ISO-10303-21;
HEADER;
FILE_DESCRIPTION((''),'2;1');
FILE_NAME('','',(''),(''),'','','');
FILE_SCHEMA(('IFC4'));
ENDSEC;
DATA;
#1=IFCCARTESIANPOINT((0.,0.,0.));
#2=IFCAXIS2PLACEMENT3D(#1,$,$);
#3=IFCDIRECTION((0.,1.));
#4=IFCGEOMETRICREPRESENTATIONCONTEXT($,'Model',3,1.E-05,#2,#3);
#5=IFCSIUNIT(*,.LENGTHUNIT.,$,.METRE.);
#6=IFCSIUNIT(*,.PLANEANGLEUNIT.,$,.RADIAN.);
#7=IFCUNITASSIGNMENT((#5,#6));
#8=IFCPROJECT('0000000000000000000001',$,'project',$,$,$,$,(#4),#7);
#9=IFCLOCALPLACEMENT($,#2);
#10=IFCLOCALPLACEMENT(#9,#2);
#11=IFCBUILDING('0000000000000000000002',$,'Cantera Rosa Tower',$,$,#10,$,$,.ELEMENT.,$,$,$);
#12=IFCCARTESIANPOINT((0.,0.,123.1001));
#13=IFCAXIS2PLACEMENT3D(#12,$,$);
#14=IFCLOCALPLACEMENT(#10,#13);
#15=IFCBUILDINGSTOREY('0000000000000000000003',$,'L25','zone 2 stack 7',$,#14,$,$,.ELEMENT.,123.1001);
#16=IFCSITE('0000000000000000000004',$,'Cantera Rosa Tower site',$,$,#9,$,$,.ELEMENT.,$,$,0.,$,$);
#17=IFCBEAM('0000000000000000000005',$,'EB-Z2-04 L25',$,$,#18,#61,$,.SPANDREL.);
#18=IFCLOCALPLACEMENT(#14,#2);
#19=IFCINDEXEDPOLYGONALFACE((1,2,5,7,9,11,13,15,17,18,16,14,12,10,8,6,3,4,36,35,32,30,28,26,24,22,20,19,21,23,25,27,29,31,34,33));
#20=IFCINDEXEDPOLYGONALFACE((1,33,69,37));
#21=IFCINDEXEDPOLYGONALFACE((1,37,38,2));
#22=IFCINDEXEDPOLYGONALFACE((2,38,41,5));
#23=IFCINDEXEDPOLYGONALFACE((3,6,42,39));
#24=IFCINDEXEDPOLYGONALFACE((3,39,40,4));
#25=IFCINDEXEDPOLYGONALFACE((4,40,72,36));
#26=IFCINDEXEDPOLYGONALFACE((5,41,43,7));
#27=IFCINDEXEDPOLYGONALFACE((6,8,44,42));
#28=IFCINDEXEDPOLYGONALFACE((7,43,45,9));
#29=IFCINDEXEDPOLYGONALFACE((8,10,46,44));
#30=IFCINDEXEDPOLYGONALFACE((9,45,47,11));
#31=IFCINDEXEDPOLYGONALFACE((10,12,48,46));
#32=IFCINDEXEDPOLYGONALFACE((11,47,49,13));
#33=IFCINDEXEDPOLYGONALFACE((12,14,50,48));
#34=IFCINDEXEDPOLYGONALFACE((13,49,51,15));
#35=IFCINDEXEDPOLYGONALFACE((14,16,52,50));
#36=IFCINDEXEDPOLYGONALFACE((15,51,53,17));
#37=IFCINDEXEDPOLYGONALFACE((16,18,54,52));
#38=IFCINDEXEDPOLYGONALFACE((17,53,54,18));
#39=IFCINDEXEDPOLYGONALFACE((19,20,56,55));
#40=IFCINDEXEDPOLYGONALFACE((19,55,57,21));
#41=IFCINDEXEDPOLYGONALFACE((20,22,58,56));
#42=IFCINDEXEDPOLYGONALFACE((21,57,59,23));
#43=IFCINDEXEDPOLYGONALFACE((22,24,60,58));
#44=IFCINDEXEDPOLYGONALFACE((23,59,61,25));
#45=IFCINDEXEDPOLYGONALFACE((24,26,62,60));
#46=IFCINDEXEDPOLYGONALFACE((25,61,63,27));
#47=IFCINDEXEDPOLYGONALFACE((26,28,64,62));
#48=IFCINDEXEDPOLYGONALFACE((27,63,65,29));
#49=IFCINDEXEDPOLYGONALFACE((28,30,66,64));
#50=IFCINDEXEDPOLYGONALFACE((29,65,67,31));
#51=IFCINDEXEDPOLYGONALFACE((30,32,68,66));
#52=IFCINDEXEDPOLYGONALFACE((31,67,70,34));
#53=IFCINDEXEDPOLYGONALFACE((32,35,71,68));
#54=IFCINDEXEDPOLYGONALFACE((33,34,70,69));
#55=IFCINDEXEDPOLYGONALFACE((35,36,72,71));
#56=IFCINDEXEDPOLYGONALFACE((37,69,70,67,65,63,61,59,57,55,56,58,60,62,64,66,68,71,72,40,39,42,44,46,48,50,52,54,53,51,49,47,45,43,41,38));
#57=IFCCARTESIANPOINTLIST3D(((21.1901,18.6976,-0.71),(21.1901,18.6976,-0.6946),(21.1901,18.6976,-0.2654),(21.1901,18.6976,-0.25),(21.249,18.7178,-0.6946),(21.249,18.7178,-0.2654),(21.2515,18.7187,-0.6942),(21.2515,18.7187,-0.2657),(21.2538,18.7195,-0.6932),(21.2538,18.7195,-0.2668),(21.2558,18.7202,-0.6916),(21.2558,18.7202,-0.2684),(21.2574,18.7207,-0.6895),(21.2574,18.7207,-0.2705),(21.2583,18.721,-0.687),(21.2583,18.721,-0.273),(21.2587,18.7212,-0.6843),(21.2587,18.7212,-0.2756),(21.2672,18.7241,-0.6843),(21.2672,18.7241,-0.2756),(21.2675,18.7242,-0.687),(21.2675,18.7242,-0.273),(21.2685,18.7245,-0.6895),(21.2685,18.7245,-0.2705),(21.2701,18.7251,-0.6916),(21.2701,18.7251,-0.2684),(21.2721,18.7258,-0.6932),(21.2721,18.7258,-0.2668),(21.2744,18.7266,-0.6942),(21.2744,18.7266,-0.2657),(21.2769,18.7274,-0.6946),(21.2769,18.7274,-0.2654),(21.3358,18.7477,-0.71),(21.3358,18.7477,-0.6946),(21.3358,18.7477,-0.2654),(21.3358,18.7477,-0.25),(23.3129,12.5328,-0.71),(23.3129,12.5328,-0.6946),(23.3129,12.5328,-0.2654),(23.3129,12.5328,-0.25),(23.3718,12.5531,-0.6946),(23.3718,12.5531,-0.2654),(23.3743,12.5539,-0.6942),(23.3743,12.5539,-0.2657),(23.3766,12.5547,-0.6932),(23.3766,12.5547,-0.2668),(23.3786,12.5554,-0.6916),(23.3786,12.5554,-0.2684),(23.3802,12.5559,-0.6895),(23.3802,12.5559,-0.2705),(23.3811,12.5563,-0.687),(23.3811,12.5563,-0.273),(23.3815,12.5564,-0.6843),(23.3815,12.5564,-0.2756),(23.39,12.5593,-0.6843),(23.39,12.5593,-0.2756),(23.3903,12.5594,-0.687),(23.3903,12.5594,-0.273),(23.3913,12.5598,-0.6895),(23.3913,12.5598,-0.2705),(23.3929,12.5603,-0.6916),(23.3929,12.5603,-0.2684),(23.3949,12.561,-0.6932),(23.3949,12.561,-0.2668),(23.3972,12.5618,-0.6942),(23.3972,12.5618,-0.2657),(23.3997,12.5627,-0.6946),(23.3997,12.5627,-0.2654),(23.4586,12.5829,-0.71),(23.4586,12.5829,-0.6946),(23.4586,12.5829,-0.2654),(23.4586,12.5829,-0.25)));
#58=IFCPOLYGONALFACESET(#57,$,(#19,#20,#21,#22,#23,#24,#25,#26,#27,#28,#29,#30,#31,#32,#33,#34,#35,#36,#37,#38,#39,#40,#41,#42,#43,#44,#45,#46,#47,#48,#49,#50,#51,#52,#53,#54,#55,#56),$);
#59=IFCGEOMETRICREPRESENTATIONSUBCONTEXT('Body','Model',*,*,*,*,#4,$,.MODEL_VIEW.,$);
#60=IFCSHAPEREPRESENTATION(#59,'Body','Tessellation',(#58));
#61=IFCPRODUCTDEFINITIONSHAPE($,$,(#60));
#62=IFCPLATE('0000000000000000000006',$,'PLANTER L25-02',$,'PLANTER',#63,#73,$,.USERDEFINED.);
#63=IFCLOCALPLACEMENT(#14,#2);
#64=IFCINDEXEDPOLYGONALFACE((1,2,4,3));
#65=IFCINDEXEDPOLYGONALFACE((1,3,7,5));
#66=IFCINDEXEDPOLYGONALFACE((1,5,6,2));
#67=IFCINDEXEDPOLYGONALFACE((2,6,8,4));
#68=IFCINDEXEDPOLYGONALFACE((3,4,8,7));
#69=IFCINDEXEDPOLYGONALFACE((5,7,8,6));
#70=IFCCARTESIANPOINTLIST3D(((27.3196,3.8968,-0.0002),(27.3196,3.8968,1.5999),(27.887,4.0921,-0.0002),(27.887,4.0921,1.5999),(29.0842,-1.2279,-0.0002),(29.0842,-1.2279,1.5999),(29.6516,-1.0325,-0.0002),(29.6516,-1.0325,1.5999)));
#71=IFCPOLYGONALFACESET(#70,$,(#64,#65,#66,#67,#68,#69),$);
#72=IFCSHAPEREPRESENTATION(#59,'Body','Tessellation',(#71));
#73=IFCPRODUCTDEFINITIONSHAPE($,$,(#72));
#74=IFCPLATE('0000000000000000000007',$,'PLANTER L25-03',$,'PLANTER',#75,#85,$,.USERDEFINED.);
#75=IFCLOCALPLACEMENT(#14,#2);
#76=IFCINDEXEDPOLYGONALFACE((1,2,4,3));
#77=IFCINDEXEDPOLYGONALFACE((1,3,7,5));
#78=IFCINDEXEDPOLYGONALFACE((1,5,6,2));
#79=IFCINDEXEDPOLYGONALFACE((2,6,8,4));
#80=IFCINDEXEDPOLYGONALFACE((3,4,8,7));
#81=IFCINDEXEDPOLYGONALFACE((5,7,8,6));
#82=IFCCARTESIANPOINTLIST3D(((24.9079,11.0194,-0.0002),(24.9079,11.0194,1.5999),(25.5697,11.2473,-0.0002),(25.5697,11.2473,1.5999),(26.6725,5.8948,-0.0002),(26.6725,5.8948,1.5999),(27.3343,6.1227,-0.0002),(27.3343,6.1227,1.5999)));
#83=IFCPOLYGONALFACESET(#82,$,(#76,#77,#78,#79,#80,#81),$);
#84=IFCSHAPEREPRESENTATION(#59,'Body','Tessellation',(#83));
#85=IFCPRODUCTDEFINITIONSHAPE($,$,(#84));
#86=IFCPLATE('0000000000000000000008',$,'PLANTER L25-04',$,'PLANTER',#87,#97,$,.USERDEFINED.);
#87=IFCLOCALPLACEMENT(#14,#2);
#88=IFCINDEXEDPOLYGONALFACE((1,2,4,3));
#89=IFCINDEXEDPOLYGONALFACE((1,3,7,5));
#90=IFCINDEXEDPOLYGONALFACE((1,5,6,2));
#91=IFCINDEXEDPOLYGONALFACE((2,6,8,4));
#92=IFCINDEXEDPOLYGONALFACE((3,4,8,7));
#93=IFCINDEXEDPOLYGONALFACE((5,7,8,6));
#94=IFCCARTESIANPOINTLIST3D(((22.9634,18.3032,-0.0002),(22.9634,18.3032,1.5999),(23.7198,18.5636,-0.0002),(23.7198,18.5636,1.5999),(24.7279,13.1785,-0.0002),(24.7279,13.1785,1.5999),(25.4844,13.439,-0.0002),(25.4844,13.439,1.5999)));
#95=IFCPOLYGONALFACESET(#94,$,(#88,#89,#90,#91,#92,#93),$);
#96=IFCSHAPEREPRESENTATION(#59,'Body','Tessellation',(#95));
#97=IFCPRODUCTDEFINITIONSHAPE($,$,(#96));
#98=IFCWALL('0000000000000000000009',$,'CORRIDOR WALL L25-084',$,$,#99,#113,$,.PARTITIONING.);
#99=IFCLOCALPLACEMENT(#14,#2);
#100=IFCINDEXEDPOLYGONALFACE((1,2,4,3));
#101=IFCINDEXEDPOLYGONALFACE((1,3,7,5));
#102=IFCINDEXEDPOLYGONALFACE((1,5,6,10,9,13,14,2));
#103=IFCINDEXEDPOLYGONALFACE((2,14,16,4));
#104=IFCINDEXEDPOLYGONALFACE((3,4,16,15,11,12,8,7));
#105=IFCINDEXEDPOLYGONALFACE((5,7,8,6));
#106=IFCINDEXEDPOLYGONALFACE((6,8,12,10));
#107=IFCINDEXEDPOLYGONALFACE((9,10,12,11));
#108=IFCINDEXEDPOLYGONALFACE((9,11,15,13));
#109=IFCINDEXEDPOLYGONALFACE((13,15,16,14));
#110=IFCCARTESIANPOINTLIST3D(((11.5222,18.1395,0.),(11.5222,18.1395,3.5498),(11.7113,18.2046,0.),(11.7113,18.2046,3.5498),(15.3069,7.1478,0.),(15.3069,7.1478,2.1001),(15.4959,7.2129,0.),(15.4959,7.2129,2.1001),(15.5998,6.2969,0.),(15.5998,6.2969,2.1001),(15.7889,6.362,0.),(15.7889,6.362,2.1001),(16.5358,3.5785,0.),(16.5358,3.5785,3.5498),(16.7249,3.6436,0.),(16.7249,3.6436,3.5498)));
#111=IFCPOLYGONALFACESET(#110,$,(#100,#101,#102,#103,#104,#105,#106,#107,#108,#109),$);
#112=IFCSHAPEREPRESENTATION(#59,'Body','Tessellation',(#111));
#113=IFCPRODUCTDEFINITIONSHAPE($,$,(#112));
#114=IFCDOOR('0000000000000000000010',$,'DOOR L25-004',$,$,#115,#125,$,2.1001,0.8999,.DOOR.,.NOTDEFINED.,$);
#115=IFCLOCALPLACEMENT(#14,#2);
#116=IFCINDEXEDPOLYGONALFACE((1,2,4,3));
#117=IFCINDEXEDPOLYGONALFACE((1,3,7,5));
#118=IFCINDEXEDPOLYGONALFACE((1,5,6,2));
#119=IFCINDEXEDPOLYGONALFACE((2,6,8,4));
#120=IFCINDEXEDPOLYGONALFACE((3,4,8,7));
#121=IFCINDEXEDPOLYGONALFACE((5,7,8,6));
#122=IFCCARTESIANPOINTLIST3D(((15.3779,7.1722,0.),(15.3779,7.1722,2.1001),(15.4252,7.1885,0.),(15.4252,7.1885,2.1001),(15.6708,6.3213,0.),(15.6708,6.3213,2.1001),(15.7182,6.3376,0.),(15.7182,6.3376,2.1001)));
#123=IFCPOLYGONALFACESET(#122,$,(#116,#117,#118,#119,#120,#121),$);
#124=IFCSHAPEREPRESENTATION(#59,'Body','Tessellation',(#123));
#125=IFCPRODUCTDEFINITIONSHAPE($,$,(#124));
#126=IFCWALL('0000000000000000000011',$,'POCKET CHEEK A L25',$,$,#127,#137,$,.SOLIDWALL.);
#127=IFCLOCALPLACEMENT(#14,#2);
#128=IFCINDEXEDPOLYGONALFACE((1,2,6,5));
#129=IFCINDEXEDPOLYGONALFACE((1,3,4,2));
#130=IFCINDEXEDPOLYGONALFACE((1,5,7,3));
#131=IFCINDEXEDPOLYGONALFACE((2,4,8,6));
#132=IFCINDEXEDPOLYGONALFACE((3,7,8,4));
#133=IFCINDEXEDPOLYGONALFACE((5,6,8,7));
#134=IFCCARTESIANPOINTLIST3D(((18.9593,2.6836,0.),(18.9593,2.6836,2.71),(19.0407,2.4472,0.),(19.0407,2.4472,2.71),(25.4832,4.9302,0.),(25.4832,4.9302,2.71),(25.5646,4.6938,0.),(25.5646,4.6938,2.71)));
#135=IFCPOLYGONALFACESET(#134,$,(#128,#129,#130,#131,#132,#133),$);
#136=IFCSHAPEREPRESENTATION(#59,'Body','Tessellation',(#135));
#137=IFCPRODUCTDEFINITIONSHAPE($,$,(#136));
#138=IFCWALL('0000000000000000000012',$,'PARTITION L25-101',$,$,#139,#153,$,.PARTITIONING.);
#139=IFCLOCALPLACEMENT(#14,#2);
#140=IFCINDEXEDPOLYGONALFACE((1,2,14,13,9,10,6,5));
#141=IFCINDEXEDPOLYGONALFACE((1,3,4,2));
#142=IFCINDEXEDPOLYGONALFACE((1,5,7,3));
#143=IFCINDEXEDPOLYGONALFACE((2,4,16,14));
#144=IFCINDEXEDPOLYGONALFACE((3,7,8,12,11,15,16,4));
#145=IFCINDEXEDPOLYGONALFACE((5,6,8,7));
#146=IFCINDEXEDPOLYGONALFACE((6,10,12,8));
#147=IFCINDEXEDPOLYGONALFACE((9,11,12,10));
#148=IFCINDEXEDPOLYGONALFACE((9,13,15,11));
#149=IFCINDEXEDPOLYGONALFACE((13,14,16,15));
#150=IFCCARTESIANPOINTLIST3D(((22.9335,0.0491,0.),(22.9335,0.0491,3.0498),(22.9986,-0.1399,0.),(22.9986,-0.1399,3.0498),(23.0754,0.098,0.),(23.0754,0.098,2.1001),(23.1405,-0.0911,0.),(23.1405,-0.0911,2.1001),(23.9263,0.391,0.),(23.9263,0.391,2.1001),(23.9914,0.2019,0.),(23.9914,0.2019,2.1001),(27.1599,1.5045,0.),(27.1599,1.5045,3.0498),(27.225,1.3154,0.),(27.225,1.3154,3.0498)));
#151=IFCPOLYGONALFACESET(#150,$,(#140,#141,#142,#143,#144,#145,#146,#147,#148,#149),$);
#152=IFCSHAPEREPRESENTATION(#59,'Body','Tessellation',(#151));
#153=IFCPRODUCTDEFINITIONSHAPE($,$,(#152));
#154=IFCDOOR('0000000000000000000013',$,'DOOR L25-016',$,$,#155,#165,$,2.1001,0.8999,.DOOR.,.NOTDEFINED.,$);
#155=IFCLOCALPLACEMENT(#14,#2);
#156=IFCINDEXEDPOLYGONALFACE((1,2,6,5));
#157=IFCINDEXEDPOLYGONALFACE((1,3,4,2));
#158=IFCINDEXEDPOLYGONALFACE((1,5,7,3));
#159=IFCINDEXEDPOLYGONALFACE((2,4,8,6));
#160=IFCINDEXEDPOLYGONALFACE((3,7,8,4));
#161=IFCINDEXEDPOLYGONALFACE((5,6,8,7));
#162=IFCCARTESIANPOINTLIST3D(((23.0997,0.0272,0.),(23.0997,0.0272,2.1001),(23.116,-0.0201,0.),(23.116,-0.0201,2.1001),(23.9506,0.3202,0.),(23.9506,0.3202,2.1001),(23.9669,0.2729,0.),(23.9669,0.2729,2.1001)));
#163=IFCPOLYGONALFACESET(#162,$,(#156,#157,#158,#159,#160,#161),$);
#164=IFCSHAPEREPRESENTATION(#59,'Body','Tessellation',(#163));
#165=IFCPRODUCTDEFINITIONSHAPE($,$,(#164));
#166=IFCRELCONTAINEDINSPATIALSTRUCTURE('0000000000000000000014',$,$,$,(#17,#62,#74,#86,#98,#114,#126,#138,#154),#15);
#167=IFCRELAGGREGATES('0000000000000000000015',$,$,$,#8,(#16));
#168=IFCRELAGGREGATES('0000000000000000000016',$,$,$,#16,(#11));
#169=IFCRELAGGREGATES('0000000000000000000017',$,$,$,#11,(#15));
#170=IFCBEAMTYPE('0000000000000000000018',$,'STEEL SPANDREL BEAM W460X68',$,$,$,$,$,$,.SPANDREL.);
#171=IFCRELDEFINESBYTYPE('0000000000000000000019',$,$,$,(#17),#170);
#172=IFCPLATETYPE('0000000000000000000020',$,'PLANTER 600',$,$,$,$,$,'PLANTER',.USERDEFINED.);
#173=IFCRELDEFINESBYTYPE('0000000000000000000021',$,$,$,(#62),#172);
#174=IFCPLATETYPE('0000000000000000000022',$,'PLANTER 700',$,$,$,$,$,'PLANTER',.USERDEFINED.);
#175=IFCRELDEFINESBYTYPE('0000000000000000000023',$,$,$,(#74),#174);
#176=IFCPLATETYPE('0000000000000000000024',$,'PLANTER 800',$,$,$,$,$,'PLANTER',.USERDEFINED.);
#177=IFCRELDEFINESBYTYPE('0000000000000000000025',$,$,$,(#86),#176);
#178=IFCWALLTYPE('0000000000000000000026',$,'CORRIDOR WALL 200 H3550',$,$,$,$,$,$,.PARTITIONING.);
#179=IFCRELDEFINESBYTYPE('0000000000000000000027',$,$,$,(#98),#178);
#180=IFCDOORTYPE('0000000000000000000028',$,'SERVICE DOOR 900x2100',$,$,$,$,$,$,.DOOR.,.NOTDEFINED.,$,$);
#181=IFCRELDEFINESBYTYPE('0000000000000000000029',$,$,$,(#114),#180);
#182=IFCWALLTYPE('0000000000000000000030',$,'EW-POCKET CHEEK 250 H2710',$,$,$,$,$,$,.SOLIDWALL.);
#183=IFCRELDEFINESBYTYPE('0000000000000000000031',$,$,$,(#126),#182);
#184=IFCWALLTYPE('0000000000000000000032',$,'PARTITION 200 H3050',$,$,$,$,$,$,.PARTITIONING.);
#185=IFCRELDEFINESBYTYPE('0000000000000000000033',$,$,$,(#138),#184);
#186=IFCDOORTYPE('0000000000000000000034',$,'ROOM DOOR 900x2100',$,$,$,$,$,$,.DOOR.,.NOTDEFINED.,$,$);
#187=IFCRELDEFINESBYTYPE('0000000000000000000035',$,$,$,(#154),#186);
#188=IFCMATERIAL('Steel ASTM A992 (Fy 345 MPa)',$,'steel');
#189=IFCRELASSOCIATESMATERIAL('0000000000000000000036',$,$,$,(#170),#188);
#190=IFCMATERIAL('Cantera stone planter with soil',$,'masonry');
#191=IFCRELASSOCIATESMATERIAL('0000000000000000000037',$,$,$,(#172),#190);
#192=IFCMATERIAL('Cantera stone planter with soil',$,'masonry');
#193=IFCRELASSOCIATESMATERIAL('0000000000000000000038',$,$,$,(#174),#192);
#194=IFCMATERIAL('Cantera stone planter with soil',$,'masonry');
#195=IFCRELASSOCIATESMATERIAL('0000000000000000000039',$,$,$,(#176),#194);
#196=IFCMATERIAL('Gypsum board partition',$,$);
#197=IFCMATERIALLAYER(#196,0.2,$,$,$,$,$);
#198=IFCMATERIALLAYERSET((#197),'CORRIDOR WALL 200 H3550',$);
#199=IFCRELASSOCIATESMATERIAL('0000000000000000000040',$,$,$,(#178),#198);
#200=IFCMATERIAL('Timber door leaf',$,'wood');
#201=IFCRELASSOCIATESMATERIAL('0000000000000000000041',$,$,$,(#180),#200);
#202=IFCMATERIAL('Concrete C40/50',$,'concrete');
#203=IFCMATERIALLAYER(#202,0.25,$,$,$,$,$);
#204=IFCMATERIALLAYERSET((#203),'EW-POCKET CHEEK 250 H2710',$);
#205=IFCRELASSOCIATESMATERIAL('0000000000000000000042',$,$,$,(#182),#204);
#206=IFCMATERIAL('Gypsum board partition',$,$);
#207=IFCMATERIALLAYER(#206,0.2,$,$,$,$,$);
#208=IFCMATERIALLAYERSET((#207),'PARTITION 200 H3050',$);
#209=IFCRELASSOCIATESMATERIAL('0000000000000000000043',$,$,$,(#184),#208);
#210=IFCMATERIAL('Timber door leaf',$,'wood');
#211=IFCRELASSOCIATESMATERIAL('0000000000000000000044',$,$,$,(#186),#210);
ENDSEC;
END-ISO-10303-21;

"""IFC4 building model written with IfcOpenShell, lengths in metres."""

from ifc_helpers import new_model, si_unit, direction, frame, frame_2d, origin, origin_2d, place, context, subcontext, project, spatial, rectangle, i_section, extrude, material, layer, layer_set, material_profile, profile_set, type_object, element, fill, save


model = new_model("IFC4")

# Units and contexts
model_context = context("Model", 3, precision=1e-05, world=origin(), true_north=direction((0.0, 1.0)))
body_context = subcontext(model_context, "Body", "Model", "MODEL_VIEW")
ifc_project = project(units=[si_unit("LENGTHUNIT", "METRE"), si_unit("PLANEANGLEUNIT", "RADIAN")], contexts=[model_context])

# Site, building, storey
site_placement = place(None, origin())
site = spatial("IfcSite", under=ifc_project, at=site_placement, Name="Cantera Rosa Tower site", CompositionType="ELEMENT", RefElevation=0.0)
building_placement = place(site_placement, origin())
building = spatial("IfcBuilding", under=site, at=building_placement, Name="Cantera Rosa Tower", CompositionType="ELEMENT")
storey_placement = place(building_placement, frame((0.0, 0.0, 123.1001)))
storey = spatial("IfcBuildingStorey", under=building, at=storey_placement, Name="L25", Description="zone 2 stack 7", CompositionType="ELEMENT", Elevation=123.1001)

# Beam
ifc_material_1 = material(Name="Steel ASTM A992 (Fy 345 MPa)", Category="steel")
ifc_material_profile_1 = material_profile(ifc_material_1, i_section(OverallWidth=0.1541, OverallDepth=0.46, WebThickness=0.009, FlangeThickness=0.0154, FilletRadius=0.0103, at=origin_2d()), Name="W460X68")
ifc_profile_set_1 = profile_set([ifc_material_profile_1], Name="Steel ASTM A992 (Fy 345 MPa)")
beam_type_1 = type_object("IfcBeamType", Name="STEEL SPANDREL BEAM W460X68", PredefinedType="SPANDREL", material=ifc_profile_set_1)
for number, where, z_axis, x_axis, name in (
    (1, (23.3857, 12.5579, -0.48), (-0.325581, 0.945514, 0.0), (-0.945514, -0.325581, 0.0), "EB-Z2-04 L25"),
):
    element("IfcBeam", number, at=place(storey_placement, frame(where, z_axis=z_axis, x_axis=x_axis)), inside=storey, type_object=beam_type_1, Name=name, PredefinedType="SPANDREL", context=body_context, shape_type="SweptSolid", body=[
        extrude(i_section(OverallWidth=0.1541, OverallDepth=0.46, WebThickness=0.009, FlangeThickness=0.0154, FilletRadius=0.0103, at=origin_2d()), origin(), (0.0, 0.0, 1.0), 6.52),
    ])

# Plates
ifc_material_2 = material(Name="Cantera stone planter with soil", Category="masonry")
plate_type_1 = type_object("IfcPlateType", Name="PLANTER 600", ElementType="PLANTER", PredefinedType="USERDEFINED", material=ifc_material_2)
plate_1_placement = place(storey_placement, frame((28.4856, 1.4321, -0.0002), z_axis=(0.0, 0.0, 1.0), x_axis=(-0.325568, 0.945519, 0.0)))
element("IfcPlate", 2, at=plate_1_placement, inside=storey, type_object=plate_type_1, Name="PLANTER L25-02", ObjectType="PLANTER", PredefinedType="USERDEFINED", context=body_context, shape_type="SweptSolid", body=[
    extrude(rectangle(XDim=5.4199, YDim=0.6001, at=origin_2d()), origin(), (0.0, 0.0, 1.0), 1.6001),
])
ifc_material_3 = material(Name="Cantera stone planter with soil", Category="masonry")
plate_type_2 = type_object("IfcPlateType", Name="PLANTER 700", ElementType="PLANTER", PredefinedType="USERDEFINED", material=ifc_material_3)
plate_2_placement = place(storey_placement, frame((26.1211, 8.571, -0.0002), z_axis=(0.0, 0.0, 1.0), x_axis=(-0.325568, 0.945519, 0.0)))
element("IfcPlate", 3, at=plate_2_placement, inside=storey, type_object=plate_type_2, Name="PLANTER L25-03", ObjectType="PLANTER", PredefinedType="USERDEFINED", context=body_context, shape_type="SweptSolid", body=[
    extrude(rectangle(XDim=5.4199, YDim=0.7, at=origin_2d()), origin(), (0.0, 0.0, 1.0), 1.6001),
])
ifc_material_4 = material(Name="Cantera stone planter with soil", Category="masonry")
plate_type_3 = type_object("IfcPlateType", Name="PLANTER 800", ElementType="PLANTER", PredefinedType="USERDEFINED", material=ifc_material_4)
plate_3_placement = place(storey_placement, frame((24.2239, 15.8711, -0.0002), z_axis=(0.0, 0.0, 1.0), x_axis=(-0.325568, 0.945519, 0.0)))
element("IfcPlate", 4, at=plate_3_placement, inside=storey, type_object=plate_type_3, Name="PLANTER L25-04", ObjectType="PLANTER", PredefinedType="USERDEFINED", context=body_context, shape_type="SweptSolid", body=[
    extrude(rectangle(XDim=5.4199, YDim=0.8, at=origin_2d()), origin(), (0.0, 0.0, 1.0), 1.6001),
])

# Wall, opening, door
ifc_material_5 = material(Name="Gypsum board partition")
ifc_layer_1 = layer(ifc_material_5, 0.2)
ifc_layer_set_1 = layer_set([ifc_layer_1], Name="CORRIDOR WALL 200 H3550")
wall_type_1 = type_object("IfcWallType", Name="CORRIDOR WALL 200 H3550", PredefinedType="PARTITIONING", material=ifc_layer_set_1)
wall_1_placement = place(storey_placement, frame((16.6304, 3.6111, 0.0), z_axis=(0.0, 0.0, 1.0), x_axis=(-0.325563, 0.94552, 0.0)))
wall_1 = element("IfcWall", 5, at=wall_1_placement, inside=storey, type_object=wall_type_1, Name="CORRIDOR WALL L25-084", PredefinedType="PARTITIONING", context=body_context, shape_type="SweptSolid", body=[
    extrude(rectangle(XDim=15.3999, YDim=0.2, at=frame_2d((7.7, 0.0))), origin(), (0.0, 0.0, 1.0), 3.5498),
])
opening_1_placement = place(wall_1_placement, frame((2.875, 0.0, 0.0)))
opening_1 = element("IfcOpeningElement", 6, at=opening_1_placement, cuts=wall_1, PredefinedType="OPENING", context=body_context, shape_type="SweptSolid", body=[
    extrude(rectangle(XDim=0.8999, YDim=2.1001, at=frame_2d((0.45, 1.05))), frame((0.0, 0.1099, 0.0), z_axis=(0.0, -1.0, 0.0), x_axis=(1.0, 0.0, 0.0)), (0.0, 0.0, 1.0), 0.22),
])
ifc_material_6 = material(Name="Timber door leaf", Category="wood")
door_type_1 = type_object("IfcDoorType", Name="SERVICE DOOR 900x2100", OperationType="NOTDEFINED", PredefinedType="DOOR", material=ifc_material_6)
door_1_placement = place(opening_1_placement, origin())
door_1 = element("IfcDoor", 7, at=door_1_placement, inside=storey, type_object=door_type_1, Name="DOOR L25-004", OperationType="NOTDEFINED", OverallHeight=2.1001, OverallWidth=0.8999, PredefinedType="DOOR", context=body_context, shape_type="SweptSolid", body=[
    extrude(rectangle(XDim=0.8999, YDim=2.1001, at=frame_2d((0.45, 1.05))), frame((0.0, 0.0249, 0.0), z_axis=(0.0, -1.0, 0.0), x_axis=(1.0, 0.0, 0.0)), (0.0, 0.0, 1.0), 0.05),
])
fill(opening_1, door_1)

# Wall
ifc_material_7 = material(Name="Concrete C40/50", Category="concrete")
ifc_layer_2 = layer(ifc_material_7, 0.25)
ifc_layer_set_2 = layer_set([ifc_layer_2], Name="EW-POCKET CHEEK 250 H2710")
wall_type_2 = type_object("IfcWallType", Name="EW-POCKET CHEEK 250 H2710", PredefinedType="SOLIDWALL", material=ifc_layer_set_2)
wall_2_placement = place(storey_placement, frame((25.5239, 4.812, 0.0), z_axis=(0.0, 0.0, 1.0), x_axis=(-0.945509, -0.325596, 0.0)))
element("IfcWall", 8, at=wall_2_placement, inside=storey, type_object=wall_type_2, Name="POCKET CHEEK A L25", PredefinedType="SOLIDWALL", context=body_context, shape_type="SweptSolid", body=[
    extrude(rectangle(XDim=6.8999, YDim=0.25, at=frame_2d((3.45, 0.0))), origin(), (0.0, 0.0, 1.0), 2.71),
])

# Wall, opening, door
ifc_material_8 = material(Name="Gypsum board partition")
ifc_layer_3 = layer(ifc_material_8, 0.2)
ifc_layer_set_3 = layer_set([ifc_layer_3], Name="PARTITION 200 H3050")
wall_type_3 = type_object("IfcWallType", Name="PARTITION 200 H3050", PredefinedType="PARTITIONING", material=ifc_layer_set_3)
wall_3_placement = place(storey_placement, frame((27.1924, 1.4099, 0.0), z_axis=(0.0, 0.0, 1.0), x_axis=(-0.945513, -0.325585, 0.0)))
wall_3 = element("IfcWall", 9, at=wall_3_placement, inside=storey, type_object=wall_type_3, Name="PARTITION L25-101", PredefinedType="PARTITIONING", context=body_context, shape_type="SweptSolid", body=[
    extrude(rectangle(XDim=4.47, YDim=0.2, at=frame_2d((2.2349, 0.0))), origin(), (0.0, 0.0, 1.0), 3.0498),
])
opening_2_placement = place(wall_3_placement, frame((3.4199, 0.0, 0.0)))
opening_2 = element("IfcOpeningElement", 10, at=opening_2_placement, cuts=wall_3, PredefinedType="OPENING", context=body_context, shape_type="SweptSolid", body=[
    extrude(rectangle(XDim=0.8999, YDim=2.1001, at=frame_2d((0.45, 1.05))), frame((0.0, 0.1099, 0.0), z_axis=(0.0, -1.0, 0.0), x_axis=(1.0, 0.0, 0.0)), (0.0, 0.0, 1.0), 0.22),
])
ifc_material_9 = material(Name="Timber door leaf", Category="wood")
door_type_2 = type_object("IfcDoorType", Name="ROOM DOOR 900x2100", OperationType="NOTDEFINED", PredefinedType="DOOR", material=ifc_material_9)
door_2_placement = place(opening_2_placement, origin())
door_2 = element("IfcDoor", 11, at=door_2_placement, inside=storey, type_object=door_type_2, Name="DOOR L25-016", OperationType="NOTDEFINED", OverallHeight=2.1001, OverallWidth=0.8999, PredefinedType="DOOR", context=body_context, shape_type="SweptSolid", body=[
    extrude(rectangle(XDim=0.8999, YDim=2.1001, at=frame_2d((0.45, 1.05))), frame((0.0, 0.0249, 0.0), z_axis=(0.0, -1.0, 0.0), x_axis=(1.0, 0.0, 0.0)), (0.0, 0.0, 1.0), 0.05),
])
fill(opening_2, door_2)

save(model, "model.ifc")
